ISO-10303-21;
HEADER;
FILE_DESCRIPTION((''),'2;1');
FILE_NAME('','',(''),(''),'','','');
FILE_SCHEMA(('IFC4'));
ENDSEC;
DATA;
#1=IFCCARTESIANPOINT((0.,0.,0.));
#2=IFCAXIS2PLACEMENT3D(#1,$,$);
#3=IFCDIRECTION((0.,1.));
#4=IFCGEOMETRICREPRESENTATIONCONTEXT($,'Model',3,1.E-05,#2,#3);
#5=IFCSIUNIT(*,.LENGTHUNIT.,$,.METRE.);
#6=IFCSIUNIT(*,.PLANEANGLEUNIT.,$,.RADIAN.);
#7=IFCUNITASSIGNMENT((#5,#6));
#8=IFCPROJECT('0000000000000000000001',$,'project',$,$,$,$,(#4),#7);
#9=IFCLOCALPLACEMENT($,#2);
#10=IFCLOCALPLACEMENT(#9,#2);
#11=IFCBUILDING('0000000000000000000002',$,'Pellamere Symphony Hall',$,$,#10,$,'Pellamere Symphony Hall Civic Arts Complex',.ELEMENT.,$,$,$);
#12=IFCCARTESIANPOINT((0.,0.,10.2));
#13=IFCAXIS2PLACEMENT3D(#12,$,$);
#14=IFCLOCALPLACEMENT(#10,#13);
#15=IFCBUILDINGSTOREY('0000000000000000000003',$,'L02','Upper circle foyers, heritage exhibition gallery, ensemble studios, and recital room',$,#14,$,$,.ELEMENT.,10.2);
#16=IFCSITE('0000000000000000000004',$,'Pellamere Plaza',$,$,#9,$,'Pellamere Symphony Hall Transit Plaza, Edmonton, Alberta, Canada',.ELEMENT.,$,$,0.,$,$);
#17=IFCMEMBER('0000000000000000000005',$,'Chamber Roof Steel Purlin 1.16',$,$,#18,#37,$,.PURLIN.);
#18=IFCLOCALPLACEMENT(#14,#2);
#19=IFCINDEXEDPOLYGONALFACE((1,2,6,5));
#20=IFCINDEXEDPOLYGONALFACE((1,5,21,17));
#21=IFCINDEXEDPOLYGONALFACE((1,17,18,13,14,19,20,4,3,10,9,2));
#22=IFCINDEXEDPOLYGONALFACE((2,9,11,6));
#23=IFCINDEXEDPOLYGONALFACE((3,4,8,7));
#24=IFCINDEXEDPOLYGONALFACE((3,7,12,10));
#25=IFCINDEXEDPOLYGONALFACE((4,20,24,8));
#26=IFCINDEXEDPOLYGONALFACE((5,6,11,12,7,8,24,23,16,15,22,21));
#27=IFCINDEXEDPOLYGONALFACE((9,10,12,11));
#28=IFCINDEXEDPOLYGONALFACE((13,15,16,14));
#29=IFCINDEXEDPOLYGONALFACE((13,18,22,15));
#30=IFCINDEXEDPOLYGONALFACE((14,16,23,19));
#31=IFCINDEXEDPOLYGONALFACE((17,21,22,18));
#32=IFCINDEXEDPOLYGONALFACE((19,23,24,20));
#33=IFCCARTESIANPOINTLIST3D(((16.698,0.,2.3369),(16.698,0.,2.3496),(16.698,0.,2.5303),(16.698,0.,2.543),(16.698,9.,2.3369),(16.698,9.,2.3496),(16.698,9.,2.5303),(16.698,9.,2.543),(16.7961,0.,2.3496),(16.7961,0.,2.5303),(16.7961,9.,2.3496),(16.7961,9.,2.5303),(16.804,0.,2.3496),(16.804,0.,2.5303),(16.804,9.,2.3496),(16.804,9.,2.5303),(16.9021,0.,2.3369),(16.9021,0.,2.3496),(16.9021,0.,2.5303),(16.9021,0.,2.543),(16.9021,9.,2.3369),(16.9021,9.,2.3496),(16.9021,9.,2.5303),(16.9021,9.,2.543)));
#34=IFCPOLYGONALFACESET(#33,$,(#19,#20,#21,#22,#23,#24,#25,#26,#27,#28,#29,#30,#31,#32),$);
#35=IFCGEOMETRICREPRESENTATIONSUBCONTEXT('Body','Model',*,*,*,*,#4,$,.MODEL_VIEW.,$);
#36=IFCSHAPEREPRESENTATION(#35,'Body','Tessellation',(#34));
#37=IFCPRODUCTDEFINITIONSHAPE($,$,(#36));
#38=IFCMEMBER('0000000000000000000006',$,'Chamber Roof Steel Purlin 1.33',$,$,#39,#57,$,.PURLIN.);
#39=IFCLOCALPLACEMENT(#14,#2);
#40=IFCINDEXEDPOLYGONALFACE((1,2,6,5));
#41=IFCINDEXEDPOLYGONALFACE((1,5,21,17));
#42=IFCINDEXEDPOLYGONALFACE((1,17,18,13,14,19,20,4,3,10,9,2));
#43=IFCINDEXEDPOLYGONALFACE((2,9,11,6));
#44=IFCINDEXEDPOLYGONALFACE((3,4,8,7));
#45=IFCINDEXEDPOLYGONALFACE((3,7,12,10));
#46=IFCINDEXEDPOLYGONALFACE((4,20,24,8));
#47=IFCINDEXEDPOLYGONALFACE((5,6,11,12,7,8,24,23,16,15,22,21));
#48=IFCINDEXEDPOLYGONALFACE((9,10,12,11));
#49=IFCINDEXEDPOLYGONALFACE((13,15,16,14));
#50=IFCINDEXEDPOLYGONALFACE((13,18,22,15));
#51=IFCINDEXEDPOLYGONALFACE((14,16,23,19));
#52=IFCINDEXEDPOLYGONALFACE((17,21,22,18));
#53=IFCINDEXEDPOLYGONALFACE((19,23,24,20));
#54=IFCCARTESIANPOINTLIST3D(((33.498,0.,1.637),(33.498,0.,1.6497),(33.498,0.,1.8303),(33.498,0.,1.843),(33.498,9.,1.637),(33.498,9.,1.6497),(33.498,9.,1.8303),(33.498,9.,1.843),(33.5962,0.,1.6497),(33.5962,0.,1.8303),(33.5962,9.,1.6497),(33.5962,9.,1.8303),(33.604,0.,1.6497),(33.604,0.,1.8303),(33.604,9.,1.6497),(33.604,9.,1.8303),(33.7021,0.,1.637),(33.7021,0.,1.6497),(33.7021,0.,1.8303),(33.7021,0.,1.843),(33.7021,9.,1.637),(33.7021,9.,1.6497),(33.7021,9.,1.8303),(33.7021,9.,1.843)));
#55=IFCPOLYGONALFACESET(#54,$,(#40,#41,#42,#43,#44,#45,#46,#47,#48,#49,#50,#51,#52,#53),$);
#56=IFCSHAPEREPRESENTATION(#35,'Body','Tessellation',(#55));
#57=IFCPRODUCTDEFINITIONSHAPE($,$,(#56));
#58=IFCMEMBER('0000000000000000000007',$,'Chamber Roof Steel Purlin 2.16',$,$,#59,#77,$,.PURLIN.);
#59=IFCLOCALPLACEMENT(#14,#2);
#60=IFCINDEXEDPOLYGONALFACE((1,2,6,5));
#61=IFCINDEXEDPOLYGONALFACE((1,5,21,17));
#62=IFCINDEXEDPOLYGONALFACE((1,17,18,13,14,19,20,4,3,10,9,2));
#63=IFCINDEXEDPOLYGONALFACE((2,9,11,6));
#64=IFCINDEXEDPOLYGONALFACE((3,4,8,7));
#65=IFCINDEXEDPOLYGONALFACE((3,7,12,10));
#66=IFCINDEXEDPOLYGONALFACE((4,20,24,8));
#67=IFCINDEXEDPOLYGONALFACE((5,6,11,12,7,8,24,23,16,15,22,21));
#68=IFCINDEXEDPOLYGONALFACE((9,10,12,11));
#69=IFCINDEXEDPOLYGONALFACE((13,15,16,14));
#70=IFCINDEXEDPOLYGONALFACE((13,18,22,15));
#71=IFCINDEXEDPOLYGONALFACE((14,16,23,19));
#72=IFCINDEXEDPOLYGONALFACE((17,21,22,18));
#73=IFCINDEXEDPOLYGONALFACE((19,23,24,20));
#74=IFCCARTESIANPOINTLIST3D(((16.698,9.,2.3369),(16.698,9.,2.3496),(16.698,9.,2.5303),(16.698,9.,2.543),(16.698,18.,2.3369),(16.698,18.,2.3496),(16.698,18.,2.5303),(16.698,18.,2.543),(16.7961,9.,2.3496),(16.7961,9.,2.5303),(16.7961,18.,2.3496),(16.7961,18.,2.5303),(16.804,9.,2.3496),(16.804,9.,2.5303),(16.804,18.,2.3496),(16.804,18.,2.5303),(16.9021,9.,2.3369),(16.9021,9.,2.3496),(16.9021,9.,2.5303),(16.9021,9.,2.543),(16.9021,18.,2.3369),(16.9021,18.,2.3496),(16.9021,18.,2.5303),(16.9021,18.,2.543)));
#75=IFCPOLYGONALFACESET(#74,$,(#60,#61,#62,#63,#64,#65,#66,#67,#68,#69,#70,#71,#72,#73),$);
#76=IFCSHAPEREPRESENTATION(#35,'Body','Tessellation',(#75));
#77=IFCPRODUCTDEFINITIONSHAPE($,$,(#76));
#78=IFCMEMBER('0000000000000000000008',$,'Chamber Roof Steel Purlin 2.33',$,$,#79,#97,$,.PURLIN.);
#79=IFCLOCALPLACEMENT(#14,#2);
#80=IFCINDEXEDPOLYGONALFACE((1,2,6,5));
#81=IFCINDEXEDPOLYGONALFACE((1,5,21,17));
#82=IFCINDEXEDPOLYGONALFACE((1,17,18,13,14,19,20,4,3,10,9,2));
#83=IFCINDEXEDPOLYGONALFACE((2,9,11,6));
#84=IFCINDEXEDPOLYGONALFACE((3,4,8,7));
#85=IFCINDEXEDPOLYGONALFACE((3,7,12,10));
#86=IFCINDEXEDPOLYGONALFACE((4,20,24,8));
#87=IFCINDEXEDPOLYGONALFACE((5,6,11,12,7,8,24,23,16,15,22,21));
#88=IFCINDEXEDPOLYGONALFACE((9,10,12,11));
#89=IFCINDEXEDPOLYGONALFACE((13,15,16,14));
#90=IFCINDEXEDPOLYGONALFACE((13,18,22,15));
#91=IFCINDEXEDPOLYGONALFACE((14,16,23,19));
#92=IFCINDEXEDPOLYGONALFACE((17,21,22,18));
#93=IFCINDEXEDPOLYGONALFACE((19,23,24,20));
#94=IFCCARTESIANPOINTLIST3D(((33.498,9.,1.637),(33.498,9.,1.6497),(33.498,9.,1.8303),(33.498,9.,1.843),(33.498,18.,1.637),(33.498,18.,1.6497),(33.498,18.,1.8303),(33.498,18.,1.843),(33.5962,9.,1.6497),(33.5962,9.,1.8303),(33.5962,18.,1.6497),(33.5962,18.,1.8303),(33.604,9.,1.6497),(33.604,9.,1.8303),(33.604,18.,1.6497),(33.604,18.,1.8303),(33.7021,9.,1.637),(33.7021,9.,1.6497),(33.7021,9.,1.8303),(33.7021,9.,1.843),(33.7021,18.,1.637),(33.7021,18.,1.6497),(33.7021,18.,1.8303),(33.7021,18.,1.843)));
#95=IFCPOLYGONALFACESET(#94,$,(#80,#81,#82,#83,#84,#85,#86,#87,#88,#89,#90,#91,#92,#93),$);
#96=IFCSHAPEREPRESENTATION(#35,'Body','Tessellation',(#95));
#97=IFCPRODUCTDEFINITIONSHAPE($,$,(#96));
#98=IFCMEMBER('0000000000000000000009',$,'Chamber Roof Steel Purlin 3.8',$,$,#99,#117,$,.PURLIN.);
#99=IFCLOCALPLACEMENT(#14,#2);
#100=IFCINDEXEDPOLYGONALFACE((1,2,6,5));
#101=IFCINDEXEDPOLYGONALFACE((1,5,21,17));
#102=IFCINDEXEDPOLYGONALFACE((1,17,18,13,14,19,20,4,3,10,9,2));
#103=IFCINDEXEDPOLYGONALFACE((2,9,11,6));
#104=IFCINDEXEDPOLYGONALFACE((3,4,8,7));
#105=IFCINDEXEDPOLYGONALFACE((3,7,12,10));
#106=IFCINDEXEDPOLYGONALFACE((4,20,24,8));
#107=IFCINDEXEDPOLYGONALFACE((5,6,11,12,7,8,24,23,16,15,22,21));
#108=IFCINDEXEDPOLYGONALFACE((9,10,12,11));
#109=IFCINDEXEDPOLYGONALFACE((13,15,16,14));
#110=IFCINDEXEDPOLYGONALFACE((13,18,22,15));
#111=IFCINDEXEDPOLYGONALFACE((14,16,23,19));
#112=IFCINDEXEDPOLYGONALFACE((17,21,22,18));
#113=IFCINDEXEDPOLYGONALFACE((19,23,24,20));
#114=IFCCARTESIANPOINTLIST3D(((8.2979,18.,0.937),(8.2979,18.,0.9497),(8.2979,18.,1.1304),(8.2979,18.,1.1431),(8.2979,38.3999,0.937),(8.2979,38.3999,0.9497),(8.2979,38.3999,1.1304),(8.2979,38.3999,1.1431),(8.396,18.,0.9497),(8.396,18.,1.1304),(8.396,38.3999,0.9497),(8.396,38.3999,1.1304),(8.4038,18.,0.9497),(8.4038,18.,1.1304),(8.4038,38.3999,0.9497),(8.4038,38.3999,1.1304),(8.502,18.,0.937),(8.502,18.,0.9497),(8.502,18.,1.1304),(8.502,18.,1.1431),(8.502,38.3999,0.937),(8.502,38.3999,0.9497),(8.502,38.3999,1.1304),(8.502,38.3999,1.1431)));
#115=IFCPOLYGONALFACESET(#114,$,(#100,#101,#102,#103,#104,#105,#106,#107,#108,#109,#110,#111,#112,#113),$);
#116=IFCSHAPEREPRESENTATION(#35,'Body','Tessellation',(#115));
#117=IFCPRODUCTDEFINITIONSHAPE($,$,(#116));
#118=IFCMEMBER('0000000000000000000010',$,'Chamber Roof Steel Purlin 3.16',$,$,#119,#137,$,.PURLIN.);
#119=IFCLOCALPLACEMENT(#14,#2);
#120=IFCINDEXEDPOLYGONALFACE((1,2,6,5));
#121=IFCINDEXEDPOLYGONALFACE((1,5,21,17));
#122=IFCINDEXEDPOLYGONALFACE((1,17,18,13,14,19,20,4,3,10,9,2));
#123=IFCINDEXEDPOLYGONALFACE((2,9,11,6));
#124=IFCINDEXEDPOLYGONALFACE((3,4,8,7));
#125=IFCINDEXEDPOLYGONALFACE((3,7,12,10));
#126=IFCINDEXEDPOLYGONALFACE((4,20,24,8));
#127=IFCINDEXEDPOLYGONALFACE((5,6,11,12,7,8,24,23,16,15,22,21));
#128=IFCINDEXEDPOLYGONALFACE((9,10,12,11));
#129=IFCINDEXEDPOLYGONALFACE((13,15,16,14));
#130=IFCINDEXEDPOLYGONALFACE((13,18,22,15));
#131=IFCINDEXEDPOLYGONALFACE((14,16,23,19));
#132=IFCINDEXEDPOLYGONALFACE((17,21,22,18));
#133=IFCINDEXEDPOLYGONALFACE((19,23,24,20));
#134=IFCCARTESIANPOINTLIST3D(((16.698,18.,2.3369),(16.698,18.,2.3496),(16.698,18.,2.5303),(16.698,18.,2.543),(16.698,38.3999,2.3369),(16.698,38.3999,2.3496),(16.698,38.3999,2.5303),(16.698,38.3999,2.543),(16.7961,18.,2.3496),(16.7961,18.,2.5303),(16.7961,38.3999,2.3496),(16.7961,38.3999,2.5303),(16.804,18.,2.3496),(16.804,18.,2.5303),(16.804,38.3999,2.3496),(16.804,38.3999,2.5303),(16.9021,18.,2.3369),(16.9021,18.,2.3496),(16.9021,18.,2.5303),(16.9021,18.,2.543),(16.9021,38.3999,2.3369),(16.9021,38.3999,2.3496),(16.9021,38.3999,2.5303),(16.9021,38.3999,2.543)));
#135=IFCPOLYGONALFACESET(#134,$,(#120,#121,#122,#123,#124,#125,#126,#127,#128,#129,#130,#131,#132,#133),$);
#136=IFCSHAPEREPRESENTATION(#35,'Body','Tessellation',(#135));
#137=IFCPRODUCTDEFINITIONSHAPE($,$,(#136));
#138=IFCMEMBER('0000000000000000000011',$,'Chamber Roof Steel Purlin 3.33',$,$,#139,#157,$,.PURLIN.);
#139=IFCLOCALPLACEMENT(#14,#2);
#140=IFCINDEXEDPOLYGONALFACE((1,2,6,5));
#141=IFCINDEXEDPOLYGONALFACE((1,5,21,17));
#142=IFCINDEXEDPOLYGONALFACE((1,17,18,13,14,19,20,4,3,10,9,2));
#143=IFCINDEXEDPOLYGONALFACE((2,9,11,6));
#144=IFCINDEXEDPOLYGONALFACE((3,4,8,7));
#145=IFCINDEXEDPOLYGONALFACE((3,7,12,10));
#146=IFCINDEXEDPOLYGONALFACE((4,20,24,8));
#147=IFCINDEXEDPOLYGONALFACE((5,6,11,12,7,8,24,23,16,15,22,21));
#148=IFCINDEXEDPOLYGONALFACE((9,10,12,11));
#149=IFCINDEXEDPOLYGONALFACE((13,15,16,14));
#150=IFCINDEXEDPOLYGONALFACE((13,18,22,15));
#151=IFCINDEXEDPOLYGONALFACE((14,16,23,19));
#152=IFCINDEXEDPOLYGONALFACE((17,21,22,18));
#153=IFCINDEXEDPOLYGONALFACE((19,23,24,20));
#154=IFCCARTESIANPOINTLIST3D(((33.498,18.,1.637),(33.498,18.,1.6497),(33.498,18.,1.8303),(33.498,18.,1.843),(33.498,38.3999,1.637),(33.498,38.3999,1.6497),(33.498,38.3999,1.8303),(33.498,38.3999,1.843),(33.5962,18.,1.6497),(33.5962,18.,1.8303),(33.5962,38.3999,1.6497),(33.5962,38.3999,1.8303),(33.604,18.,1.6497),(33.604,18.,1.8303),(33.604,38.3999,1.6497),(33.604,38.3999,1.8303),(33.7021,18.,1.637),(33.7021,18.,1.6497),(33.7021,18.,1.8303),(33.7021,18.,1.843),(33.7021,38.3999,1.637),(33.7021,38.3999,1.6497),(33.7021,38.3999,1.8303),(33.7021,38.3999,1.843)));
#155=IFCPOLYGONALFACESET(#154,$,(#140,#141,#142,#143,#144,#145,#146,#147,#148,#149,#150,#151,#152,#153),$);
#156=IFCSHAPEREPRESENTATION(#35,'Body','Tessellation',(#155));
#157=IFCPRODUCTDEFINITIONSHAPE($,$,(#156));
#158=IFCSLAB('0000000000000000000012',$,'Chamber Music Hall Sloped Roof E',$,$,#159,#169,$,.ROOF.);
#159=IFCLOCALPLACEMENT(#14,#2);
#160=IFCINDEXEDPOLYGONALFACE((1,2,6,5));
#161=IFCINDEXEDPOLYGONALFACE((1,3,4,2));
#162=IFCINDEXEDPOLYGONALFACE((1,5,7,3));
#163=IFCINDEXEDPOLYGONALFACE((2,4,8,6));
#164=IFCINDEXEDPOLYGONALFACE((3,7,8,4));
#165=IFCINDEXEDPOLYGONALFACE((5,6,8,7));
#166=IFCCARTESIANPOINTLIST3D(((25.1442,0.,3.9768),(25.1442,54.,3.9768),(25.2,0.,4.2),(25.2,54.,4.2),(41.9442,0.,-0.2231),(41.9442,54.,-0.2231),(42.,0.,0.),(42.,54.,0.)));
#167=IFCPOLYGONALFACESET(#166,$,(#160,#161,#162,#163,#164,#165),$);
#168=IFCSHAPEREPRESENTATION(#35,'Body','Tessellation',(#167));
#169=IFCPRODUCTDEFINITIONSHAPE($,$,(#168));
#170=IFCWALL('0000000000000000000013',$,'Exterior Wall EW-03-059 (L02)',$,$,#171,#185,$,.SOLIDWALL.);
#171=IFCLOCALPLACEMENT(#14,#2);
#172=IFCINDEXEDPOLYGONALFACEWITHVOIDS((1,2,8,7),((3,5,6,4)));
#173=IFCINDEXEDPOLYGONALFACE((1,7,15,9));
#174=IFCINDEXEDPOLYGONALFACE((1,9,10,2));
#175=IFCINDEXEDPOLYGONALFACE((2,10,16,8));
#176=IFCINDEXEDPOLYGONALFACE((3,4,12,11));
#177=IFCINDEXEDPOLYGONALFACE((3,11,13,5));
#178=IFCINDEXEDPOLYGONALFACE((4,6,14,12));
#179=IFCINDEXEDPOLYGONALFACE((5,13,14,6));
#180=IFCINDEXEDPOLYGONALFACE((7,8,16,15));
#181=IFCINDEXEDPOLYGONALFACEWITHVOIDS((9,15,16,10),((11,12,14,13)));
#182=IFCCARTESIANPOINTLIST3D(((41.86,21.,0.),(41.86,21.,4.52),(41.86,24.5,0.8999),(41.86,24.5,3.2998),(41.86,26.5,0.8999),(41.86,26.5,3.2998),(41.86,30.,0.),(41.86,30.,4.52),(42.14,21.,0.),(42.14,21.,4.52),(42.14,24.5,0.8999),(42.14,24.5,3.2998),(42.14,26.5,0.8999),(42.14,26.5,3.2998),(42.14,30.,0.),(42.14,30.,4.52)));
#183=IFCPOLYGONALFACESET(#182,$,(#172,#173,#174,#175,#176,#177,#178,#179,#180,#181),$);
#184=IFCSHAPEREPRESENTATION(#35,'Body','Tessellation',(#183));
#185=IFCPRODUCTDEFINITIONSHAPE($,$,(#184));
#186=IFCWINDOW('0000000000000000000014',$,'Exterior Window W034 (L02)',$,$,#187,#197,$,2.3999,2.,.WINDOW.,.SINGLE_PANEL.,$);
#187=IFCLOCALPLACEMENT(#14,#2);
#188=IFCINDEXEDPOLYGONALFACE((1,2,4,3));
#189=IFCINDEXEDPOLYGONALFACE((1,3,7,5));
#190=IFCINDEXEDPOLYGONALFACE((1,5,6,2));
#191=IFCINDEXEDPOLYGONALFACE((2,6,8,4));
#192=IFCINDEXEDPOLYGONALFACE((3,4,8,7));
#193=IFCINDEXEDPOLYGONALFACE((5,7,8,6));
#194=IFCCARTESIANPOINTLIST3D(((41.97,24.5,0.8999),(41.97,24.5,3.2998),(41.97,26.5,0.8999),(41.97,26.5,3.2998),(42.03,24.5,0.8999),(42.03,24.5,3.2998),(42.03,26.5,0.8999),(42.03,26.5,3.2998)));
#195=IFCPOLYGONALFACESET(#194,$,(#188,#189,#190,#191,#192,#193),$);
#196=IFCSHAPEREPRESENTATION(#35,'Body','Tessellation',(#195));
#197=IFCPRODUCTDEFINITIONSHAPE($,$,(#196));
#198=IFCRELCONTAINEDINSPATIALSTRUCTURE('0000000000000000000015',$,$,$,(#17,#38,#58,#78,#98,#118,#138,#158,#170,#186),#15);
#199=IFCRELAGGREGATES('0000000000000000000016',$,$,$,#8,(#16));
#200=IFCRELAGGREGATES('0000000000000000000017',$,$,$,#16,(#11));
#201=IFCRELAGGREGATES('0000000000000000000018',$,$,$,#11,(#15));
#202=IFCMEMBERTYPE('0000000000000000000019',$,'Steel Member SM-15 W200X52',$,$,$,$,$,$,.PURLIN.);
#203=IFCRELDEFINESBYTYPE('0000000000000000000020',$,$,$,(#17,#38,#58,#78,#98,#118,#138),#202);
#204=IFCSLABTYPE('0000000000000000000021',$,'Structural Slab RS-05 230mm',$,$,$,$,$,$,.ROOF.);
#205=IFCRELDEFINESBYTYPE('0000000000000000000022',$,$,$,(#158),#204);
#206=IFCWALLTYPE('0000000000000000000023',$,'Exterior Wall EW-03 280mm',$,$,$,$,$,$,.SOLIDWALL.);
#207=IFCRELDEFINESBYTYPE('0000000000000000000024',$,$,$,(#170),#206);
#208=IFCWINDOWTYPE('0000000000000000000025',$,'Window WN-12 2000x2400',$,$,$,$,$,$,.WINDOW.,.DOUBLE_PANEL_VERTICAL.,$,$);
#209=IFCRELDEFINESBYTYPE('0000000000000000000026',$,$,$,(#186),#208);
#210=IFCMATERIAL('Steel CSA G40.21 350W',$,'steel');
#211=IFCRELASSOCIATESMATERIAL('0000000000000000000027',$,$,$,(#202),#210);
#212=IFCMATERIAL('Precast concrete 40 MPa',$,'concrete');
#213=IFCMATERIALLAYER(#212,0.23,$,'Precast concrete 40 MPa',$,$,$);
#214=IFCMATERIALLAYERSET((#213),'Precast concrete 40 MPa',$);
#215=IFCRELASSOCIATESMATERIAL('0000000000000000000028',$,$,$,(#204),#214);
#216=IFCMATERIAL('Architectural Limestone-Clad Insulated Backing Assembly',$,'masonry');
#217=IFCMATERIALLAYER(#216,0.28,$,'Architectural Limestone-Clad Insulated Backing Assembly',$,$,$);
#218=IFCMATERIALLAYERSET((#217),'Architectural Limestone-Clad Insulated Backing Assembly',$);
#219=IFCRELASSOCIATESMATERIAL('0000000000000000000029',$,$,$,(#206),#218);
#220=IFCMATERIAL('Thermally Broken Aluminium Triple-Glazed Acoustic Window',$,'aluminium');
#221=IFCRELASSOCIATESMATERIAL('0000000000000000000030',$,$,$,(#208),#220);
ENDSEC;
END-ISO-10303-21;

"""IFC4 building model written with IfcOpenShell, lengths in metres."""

from ifc_helpers import new_model, si_unit, direction, frame, frame_2d, origin, origin_2d, place, context, subcontext, project, spatial, polyline, rectangle, i_section, outline, extrude, material, layer, layer_set, material_profile, profile_set, type_object, element, fill, save


model = new_model("IFC4")

# Units and contexts
model_context = context("Model", 3, precision=1e-05, world=origin(), true_north=direction((0.0, 1.0)))
body_context = subcontext(model_context, "Body", "Model", "MODEL_VIEW")
ifc_project = project(units=[si_unit("LENGTHUNIT", "METRE"), si_unit("PLANEANGLEUNIT", "RADIAN")], contexts=[model_context])

# Site, building, storey
site_placement = place(None, origin())
site = spatial("IfcSite", under=ifc_project, at=site_placement, Name="Pellamere Plaza", LongName="Pellamere Symphony Hall Transit Plaza, Edmonton, Alberta, Canada", CompositionType="ELEMENT", RefElevation=0.0)
building_placement = place(site_placement, origin())
building = spatial("IfcBuilding", under=site, at=building_placement, Name="Pellamere Symphony Hall", LongName="Pellamere Symphony Hall Civic Arts Complex", CompositionType="ELEMENT")
storey_placement = place(building_placement, frame((0.0, 0.0, 10.2)))
storey = spatial("IfcBuildingStorey", under=building, at=storey_placement, Name="L02", Description="Upper circle foyers, heritage exhibition gallery, ensemble studios, and recital room", CompositionType="ELEMENT", Elevation=10.2)

# Shared definitions
ifc_material_1 = material(Name="Steel CSA G40.21 350W", Category="steel")

# Members
ifc_material_profile_1 = material_profile(ifc_material_1, i_section(OverallWidth=0.2041, OverallDepth=0.2061, WebThickness=0.0078, FlangeThickness=0.0127, at=origin_2d()), Name="W200X52")
ifc_profile_set_1 = profile_set([ifc_material_profile_1], Name="Steel CSA G40.21 350W")
member_type = type_object("IfcMemberType", Name="Steel Member SM-15 W200X52", PredefinedType="PURLIN", material=ifc_profile_set_1)
for number, where, z_axis, x_axis, name in (
    (1, (16.8, 0.0, 2.4399), (0.0, 1.0, 0.0), (-1.0, 0.0, 0.0), "Chamber Roof Steel Purlin 1.16"),
    (2, (33.6001, 0.0, 1.74), (0.0, 1.0, 0.0), (-1.0, 0.0, 0.0), "Chamber Roof Steel Purlin 1.33"),
    (3, (16.8, 9.0, 2.4399), (0.0, 1.0, 0.0), (-1.0, 0.0, 0.0), "Chamber Roof Steel Purlin 2.16"),
    (4, (33.6001, 9.0, 1.74), (0.0, 1.0, 0.0), (-1.0, 0.0, 0.0), "Chamber Roof Steel Purlin 2.33"),
):
    element("IfcMember", number, at=place(storey_placement, frame(where, z_axis=z_axis, x_axis=x_axis)), inside=storey, type_object=member_type, Name=name, PredefinedType="PURLIN", context=body_context, shape_type="SweptSolid", body=[
        extrude(i_section(OverallWidth=0.2041, OverallDepth=0.2061, WebThickness=0.0078, FlangeThickness=0.0127, at=origin_2d()), origin(), (0.0, 0.0, 1.0), 9.0),
    ])
for number, where, z_axis, x_axis, name in (
    (5, (8.3999, 18.0, 1.04), (0.0, 1.0, 0.0), (-1.0, 0.0, 0.0), "Chamber Roof Steel Purlin 3.8"),
    (6, (16.8, 18.0, 2.4399), (0.0, 1.0, 0.0), (-1.0, 0.0, 0.0), "Chamber Roof Steel Purlin 3.16"),
    (7, (33.6001, 18.0, 1.74), (0.0, 1.0, 0.0), (-1.0, 0.0, 0.0), "Chamber Roof Steel Purlin 3.33"),
):
    element("IfcMember", number, at=place(storey_placement, frame(where, z_axis=z_axis, x_axis=x_axis)), inside=storey, type_object=member_type, Name=name, PredefinedType="PURLIN", context=body_context, shape_type="SweptSolid", body=[
        extrude(i_section(OverallWidth=0.2041, OverallDepth=0.2061, WebThickness=0.0078, FlangeThickness=0.0127, at=origin_2d()), origin(), (0.0, 0.0, 1.0), 20.3999),
    ])

# Slab
ifc_material_2 = material(Name="Precast concrete 40 MPa", Category="concrete")
ifc_layer_1 = layer(ifc_material_2, 0.23, Name="Precast concrete 40 MPa")
ifc_layer_set_1 = layer_set([ifc_layer_1], Name="Precast concrete 40 MPa")
slab_type = type_object("IfcSlabType", Name="Structural Slab RS-05 230mm", PredefinedType="ROOF", material=ifc_layer_set_1)
slab_placement = place(storey_placement, frame((25.2, 0.0, 4.2), z_axis=(0.242532, 0.0, 0.970143), x_axis=(0.970143, 0.0, -0.242532)))
element("IfcSlab", 8, at=slab_placement, inside=storey, type_object=slab_type, Name="Chamber Music Hall Sloped Roof E", PredefinedType="ROOF", context=body_context, shape_type="SweptSolid", body=[
    extrude(outline(polyline([(0.0, 0.0), (17.3171, 0.0), (17.3171, 54.0), (0.0, 54.0), (0.0, 0.0)])), origin(), (0.0, 0.0, -1.0), 0.23),
])

# Wall, opening, window
ifc_material_3 = material(Name="Architectural Limestone-Clad Insulated Backing Assembly", Category="masonry")
ifc_layer_2 = layer(ifc_material_3, 0.28, Name="Architectural Limestone-Clad Insulated Backing Assembly")
ifc_layer_set_2 = layer_set([ifc_layer_2], Name="Architectural Limestone-Clad Insulated Backing Assembly")
wall_type = type_object("IfcWallType", Name="Exterior Wall EW-03 280mm", PredefinedType="SOLIDWALL", material=ifc_layer_set_2)
wall_placement = place(storey_placement, frame((42.0, 21.0, 0.0), z_axis=(0.0, 0.0, 1.0), x_axis=(0.0, 1.0, 0.0)))
wall = element("IfcWall", 9, at=wall_placement, inside=storey, type_object=wall_type, Name="Exterior Wall EW-03-059 (L02)", PredefinedType="SOLIDWALL", context=body_context, shape_type="SweptSolid", body=[
    extrude(rectangle(XDim=9.0, YDim=0.28, at=frame_2d((4.5, 0.0))), origin(), (0.0, 0.0, 1.0), 4.52),
])
opening_placement = place(wall_placement, frame((3.5, 0.0, 0.8999)))
opening = element("IfcOpeningElement", 10, at=opening_placement, cuts=wall, PredefinedType="OPENING", context=body_context, shape_type="SweptSolid", body=[
    extrude(rectangle(XDim=2.0, YDim=2.3999, at=frame_2d((1.0, 1.2))), frame((0.0, 0.1499, 0.0), z_axis=(0.0, -1.0, 0.0), x_axis=(1.0, 0.0, 0.0)), (0.0, 0.0, 1.0), 0.3),
])
ifc_material_4 = material(Name="Thermally Broken Aluminium Triple-Glazed Acoustic Window", Category="aluminium")
window_type = type_object("IfcWindowType", Name="Window WN-12 2000x2400", PartitioningType="DOUBLE_PANEL_VERTICAL", PredefinedType="WINDOW", material=ifc_material_4)
window_placement = place(opening_placement, origin())
window = element("IfcWindow", 11, at=window_placement, inside=storey, type_object=window_type, Name="Exterior Window W034 (L02)", OverallHeight=2.3999, OverallWidth=2.0, PartitioningType="SINGLE_PANEL", PredefinedType="WINDOW", context=body_context, shape_type="SweptSolid", body=[
    extrude(rectangle(XDim=2.0, YDim=2.3999, at=frame_2d((1.0, 1.2))), frame((0.0, 0.03, 0.0), z_axis=(0.0, -1.0, 0.0), x_axis=(1.0, 0.0, 0.0)), (0.0, 0.0, 1.0), 0.0601),
])
fill(opening, window)

save(model, "model.ifc")
